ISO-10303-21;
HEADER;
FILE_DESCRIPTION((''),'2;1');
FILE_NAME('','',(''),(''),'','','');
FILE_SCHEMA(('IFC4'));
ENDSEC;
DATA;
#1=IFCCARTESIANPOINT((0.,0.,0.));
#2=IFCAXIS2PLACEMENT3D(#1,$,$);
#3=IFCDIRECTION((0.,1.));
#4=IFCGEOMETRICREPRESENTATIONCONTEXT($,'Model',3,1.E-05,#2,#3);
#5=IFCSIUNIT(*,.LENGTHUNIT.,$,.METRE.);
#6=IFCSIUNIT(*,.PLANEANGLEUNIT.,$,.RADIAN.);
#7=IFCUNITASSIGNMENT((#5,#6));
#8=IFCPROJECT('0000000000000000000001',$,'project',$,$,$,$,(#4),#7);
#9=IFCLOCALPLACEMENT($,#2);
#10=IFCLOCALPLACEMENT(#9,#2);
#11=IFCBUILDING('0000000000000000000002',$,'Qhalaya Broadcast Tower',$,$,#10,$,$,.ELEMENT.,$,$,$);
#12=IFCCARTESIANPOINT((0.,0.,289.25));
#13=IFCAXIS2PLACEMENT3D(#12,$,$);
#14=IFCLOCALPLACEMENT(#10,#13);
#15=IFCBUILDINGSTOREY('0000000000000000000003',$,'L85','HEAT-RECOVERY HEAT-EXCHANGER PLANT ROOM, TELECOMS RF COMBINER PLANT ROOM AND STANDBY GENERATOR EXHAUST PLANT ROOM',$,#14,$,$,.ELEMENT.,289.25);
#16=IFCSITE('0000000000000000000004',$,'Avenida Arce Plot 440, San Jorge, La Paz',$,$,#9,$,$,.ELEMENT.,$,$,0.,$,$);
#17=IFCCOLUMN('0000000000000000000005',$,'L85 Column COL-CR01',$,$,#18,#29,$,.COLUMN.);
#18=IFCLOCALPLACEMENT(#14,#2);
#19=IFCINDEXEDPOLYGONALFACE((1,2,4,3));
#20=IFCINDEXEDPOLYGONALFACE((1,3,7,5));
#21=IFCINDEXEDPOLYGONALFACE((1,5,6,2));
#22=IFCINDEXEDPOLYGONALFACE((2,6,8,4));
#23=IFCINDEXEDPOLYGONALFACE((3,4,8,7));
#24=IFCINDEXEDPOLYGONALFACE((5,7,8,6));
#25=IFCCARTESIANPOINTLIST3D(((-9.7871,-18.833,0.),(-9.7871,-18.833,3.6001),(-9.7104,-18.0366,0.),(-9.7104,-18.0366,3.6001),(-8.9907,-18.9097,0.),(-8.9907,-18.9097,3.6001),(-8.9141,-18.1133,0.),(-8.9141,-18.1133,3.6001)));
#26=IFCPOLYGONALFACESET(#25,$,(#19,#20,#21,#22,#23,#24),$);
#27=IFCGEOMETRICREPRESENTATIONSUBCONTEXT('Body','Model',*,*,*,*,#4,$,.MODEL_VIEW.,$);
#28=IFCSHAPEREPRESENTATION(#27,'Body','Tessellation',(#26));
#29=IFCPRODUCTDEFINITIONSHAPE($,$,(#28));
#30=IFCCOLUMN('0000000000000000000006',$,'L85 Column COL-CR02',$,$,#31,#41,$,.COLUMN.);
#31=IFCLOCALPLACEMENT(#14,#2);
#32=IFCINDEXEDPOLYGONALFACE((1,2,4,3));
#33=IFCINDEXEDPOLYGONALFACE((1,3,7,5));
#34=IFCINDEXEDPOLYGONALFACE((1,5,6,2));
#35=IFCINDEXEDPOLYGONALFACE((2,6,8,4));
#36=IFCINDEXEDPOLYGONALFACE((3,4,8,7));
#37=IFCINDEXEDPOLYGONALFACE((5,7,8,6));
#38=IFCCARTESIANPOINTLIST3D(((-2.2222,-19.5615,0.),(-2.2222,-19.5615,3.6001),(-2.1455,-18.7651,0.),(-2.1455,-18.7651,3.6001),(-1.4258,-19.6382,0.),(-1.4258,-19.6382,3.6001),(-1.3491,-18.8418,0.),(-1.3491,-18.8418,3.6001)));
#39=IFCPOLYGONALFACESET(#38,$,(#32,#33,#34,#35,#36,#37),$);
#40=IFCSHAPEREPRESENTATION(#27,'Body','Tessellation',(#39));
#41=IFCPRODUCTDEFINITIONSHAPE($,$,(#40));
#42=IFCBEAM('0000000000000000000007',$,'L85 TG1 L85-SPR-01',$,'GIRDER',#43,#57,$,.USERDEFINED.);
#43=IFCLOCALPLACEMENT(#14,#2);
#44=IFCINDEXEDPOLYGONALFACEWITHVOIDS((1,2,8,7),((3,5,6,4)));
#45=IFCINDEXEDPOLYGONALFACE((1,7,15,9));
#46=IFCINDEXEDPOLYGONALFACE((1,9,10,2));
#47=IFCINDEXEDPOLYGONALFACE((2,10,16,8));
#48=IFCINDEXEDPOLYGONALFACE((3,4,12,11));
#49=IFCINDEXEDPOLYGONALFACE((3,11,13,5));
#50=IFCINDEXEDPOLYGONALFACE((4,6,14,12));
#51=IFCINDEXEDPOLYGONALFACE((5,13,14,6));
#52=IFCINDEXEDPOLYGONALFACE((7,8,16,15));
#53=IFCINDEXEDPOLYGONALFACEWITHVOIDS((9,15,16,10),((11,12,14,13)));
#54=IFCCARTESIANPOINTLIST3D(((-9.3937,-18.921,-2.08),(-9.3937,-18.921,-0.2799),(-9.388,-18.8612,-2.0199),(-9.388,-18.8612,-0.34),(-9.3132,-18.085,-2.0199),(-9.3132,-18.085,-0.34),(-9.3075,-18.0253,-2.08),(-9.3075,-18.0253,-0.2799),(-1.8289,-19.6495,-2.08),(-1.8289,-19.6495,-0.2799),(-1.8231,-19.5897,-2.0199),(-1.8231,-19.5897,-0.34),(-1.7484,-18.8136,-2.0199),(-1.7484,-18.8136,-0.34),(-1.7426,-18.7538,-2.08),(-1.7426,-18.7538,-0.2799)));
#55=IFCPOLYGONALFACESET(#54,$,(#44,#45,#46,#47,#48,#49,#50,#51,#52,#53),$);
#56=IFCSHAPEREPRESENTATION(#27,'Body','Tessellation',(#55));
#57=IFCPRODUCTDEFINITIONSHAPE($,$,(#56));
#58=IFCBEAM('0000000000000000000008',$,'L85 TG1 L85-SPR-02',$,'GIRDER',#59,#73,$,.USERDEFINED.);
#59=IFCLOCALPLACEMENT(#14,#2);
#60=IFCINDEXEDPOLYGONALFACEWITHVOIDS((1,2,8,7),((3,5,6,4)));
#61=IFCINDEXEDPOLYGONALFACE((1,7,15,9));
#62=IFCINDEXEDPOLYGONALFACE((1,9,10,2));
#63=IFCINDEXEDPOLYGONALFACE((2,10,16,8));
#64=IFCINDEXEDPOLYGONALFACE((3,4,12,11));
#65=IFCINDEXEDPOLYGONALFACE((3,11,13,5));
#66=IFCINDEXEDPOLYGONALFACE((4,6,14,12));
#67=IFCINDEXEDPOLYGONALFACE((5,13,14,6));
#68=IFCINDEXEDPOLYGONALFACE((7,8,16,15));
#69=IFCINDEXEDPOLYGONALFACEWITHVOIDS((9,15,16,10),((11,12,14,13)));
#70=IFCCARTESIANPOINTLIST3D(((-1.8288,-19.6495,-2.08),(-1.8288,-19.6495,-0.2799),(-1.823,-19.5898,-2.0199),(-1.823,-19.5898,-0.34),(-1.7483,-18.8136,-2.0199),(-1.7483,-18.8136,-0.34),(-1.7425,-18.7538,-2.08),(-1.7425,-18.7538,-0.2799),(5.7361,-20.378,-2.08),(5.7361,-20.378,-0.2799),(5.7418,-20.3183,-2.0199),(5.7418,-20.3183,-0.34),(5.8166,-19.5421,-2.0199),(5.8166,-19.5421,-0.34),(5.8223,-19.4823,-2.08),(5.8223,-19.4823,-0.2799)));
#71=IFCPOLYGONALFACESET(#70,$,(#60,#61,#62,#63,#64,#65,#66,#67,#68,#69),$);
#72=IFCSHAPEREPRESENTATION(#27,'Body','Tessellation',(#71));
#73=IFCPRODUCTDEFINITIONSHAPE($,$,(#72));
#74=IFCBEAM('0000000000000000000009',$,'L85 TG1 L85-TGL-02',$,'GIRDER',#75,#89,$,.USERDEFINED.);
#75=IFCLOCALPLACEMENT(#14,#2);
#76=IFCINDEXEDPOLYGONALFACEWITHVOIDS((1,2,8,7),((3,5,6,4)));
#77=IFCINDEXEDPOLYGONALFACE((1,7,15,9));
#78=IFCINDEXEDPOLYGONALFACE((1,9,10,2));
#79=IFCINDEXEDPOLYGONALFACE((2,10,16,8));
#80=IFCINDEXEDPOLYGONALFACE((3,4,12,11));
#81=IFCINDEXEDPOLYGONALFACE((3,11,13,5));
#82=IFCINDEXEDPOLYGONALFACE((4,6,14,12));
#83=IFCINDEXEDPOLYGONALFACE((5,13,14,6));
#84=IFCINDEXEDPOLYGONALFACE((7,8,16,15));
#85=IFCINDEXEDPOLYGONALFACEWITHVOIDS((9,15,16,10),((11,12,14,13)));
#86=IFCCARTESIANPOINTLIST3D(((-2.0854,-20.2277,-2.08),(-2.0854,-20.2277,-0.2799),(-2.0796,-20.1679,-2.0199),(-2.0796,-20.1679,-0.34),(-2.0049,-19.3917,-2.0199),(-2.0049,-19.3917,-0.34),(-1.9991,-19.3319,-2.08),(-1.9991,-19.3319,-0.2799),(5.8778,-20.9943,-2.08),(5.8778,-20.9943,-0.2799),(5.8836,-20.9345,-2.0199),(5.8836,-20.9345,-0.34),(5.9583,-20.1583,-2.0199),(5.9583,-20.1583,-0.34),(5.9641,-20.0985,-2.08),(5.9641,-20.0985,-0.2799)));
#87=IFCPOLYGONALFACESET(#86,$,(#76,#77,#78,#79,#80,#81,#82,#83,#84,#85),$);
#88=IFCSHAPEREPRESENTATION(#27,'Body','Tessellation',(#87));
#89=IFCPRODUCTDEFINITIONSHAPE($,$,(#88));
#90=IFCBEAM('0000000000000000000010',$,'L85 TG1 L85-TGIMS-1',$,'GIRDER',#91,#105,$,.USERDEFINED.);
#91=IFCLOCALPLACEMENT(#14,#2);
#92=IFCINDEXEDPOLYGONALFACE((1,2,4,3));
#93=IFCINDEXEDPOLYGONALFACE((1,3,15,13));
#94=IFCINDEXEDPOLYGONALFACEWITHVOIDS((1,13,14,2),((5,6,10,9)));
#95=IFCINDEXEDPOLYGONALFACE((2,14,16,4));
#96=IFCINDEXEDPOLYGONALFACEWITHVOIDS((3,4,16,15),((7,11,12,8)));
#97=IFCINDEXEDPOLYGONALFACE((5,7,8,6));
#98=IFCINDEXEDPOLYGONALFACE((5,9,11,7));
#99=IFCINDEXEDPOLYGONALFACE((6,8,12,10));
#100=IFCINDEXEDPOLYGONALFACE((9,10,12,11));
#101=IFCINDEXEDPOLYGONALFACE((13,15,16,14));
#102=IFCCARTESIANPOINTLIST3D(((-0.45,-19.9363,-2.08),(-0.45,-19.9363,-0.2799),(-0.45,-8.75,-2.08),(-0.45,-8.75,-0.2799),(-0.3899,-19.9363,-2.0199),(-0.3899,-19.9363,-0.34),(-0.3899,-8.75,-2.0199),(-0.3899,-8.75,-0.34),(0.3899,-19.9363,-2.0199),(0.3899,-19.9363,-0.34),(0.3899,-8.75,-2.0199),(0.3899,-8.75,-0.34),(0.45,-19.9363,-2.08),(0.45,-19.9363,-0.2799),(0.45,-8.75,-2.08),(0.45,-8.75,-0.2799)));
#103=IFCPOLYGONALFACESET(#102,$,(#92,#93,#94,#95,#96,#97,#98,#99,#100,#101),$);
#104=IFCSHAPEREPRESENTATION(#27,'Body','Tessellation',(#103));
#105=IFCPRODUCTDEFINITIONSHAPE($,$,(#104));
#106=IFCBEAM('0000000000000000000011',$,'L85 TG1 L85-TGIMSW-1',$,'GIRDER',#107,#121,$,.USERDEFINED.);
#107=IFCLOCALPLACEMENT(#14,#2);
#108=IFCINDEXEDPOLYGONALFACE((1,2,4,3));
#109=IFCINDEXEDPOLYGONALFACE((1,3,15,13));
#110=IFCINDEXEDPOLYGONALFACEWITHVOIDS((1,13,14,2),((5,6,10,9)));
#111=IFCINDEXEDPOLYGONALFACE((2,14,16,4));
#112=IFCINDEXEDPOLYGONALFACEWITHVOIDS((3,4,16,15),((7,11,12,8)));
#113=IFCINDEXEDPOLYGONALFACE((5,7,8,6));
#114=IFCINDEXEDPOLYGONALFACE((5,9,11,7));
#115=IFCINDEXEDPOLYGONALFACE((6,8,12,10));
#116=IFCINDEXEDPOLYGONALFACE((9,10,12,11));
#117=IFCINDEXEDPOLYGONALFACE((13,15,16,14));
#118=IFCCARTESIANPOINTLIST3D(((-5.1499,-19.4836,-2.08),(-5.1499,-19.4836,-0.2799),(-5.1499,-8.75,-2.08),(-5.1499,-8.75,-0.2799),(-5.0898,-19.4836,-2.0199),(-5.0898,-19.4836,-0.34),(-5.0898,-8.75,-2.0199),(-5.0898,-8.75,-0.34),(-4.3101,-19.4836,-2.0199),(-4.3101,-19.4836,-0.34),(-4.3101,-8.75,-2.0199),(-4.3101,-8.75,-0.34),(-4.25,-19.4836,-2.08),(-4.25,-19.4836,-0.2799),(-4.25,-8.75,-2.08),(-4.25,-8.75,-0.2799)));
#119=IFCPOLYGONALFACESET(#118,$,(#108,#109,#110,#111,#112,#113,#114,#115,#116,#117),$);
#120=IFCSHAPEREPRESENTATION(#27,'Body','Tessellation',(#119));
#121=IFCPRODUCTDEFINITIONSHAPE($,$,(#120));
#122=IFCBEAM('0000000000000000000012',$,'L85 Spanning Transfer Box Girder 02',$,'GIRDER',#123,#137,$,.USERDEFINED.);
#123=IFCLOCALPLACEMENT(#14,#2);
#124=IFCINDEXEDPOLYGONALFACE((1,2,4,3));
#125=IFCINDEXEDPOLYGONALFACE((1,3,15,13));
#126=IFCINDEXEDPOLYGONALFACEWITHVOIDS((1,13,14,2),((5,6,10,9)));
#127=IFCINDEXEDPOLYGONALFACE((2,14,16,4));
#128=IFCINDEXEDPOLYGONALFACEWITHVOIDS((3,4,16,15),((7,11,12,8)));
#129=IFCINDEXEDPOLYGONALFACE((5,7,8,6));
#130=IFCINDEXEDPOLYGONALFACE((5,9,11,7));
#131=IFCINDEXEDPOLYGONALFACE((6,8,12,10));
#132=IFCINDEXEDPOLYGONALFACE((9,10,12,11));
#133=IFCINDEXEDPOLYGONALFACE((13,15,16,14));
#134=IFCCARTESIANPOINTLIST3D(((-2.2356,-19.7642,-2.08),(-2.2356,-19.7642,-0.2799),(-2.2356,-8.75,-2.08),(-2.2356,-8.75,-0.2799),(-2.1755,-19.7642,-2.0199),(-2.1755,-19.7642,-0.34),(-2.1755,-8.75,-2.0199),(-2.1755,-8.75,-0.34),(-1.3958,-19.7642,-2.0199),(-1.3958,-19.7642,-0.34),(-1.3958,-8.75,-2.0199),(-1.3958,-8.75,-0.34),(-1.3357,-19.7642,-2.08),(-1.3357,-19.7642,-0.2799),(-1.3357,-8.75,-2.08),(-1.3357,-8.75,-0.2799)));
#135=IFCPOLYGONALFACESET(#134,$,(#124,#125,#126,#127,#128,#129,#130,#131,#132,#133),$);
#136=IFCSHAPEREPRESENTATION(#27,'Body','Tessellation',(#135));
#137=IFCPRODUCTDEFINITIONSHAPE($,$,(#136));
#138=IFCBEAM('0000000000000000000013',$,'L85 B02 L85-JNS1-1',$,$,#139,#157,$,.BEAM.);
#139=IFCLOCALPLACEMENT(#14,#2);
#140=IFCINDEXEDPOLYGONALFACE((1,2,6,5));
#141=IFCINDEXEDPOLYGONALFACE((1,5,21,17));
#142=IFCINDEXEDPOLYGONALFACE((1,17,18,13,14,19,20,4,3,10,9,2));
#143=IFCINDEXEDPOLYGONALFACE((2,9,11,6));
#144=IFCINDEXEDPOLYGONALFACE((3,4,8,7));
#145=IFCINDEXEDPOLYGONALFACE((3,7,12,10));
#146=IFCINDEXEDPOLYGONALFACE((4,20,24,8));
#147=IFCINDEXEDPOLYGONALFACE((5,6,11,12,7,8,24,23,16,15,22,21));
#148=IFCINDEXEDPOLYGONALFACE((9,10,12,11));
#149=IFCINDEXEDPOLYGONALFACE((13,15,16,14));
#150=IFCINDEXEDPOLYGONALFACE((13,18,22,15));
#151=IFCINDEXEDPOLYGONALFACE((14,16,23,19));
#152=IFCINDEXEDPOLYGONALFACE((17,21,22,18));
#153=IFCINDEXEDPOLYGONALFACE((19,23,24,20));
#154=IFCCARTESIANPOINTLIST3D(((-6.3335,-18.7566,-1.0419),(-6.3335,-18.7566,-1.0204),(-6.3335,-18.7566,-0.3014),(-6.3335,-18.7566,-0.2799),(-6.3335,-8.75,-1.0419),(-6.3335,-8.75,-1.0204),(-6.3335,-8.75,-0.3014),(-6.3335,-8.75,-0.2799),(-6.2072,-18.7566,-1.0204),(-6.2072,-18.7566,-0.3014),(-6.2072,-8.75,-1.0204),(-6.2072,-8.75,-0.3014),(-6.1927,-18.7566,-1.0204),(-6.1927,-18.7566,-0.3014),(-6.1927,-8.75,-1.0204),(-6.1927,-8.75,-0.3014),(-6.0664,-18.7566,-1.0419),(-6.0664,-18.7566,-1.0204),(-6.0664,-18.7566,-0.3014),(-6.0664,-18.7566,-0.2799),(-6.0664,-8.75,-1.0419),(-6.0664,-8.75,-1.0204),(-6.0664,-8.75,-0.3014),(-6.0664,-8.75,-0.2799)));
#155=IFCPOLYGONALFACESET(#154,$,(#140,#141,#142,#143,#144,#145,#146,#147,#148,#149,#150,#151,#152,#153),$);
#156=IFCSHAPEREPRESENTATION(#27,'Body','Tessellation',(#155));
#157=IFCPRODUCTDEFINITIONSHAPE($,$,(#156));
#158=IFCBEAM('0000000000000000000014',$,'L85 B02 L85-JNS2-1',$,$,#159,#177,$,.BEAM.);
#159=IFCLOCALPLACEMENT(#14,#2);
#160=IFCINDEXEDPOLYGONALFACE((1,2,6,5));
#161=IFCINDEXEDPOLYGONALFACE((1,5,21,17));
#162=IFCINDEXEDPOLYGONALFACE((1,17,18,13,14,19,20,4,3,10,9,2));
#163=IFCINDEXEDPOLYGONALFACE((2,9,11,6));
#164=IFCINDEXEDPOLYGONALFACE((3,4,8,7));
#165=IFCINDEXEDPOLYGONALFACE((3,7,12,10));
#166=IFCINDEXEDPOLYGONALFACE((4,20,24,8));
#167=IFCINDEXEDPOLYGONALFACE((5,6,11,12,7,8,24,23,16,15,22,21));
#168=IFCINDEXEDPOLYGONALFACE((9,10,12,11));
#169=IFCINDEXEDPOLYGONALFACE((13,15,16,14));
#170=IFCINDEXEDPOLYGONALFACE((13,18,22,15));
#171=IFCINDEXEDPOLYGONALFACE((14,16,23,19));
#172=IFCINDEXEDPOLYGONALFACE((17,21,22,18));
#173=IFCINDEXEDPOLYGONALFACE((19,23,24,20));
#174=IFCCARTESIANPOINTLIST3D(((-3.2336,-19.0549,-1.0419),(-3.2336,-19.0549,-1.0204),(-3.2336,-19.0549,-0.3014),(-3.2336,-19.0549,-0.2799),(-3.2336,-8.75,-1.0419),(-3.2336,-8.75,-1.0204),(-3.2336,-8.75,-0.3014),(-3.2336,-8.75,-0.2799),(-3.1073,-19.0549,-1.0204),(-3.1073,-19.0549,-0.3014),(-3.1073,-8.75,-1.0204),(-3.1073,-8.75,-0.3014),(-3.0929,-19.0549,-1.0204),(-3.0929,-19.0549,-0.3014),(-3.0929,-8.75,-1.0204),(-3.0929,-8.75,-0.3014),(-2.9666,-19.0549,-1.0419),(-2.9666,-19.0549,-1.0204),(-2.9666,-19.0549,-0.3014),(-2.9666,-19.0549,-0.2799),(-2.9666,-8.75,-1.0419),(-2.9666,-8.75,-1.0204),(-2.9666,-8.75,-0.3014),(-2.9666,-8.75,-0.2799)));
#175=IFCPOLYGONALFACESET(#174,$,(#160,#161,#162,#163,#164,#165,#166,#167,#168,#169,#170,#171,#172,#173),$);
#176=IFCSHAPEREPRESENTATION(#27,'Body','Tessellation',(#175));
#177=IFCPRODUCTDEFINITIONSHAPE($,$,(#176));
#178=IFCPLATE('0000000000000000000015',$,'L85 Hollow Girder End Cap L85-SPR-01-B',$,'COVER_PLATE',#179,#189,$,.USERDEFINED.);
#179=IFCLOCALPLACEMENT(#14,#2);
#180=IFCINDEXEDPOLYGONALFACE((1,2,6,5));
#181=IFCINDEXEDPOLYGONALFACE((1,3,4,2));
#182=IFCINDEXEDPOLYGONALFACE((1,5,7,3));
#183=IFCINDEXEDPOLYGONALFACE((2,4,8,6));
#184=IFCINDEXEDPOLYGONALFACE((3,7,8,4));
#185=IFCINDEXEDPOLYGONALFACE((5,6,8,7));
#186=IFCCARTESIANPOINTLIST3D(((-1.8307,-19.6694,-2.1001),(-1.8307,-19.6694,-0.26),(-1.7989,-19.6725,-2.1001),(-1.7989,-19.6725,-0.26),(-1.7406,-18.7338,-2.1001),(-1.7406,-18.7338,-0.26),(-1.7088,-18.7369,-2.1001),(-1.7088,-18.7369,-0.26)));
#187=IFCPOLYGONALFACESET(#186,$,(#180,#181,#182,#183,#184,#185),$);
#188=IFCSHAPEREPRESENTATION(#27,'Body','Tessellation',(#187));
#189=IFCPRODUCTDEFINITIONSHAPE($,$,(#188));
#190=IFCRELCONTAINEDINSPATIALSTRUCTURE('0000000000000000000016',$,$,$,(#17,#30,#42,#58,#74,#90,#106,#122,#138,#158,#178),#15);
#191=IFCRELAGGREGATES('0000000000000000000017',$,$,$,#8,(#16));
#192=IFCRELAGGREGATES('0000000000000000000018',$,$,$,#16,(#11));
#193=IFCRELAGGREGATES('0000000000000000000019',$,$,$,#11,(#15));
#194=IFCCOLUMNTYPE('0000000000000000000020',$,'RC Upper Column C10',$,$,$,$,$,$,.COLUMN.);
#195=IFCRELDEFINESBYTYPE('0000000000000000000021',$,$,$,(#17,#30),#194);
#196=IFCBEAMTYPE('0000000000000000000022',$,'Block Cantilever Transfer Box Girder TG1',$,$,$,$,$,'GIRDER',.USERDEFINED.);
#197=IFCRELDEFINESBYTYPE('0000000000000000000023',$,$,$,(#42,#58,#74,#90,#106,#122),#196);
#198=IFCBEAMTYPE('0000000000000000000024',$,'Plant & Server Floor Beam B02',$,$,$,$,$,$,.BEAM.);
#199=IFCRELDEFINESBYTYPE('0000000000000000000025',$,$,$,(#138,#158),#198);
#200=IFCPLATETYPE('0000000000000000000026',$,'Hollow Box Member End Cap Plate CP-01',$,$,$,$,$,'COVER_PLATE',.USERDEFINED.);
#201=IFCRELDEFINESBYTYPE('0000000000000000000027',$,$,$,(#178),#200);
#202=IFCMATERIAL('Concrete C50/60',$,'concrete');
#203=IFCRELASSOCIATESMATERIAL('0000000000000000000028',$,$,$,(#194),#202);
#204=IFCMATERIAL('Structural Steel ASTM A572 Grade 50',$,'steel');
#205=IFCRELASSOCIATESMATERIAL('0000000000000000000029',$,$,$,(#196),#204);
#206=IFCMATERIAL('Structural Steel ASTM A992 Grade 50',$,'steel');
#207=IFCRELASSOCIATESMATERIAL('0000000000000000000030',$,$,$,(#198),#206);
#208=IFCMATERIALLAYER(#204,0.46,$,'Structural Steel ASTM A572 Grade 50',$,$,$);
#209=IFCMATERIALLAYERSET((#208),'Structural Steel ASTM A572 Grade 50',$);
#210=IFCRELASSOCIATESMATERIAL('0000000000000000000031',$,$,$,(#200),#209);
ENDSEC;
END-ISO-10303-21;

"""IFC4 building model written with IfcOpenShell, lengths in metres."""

from ifc_helpers import new_model, si_unit, direction, frame, origin, origin_2d, place, context, subcontext, project, spatial, rectangle, hollow_rectangle, i_section, extrude, material, layer, layer_set, material_profile, profile_set, type_object, element, save


model = new_model("IFC4")

# Units and contexts
model_context = context("Model", 3, precision=1e-05, world=origin(), true_north=direction((0.0, 1.0)))
body_context = subcontext(model_context, "Body", "Model", "MODEL_VIEW")
ifc_project = project(units=[si_unit("LENGTHUNIT", "METRE"), si_unit("PLANEANGLEUNIT", "RADIAN")], contexts=[model_context])

# Site, building, storey
site_placement = place(None, origin())
site = spatial("IfcSite", under=ifc_project, at=site_placement, Name="Avenida Arce Plot 440, San Jorge, La Paz", CompositionType="ELEMENT", RefElevation=0.0)
building_placement = place(site_placement, origin())
building = spatial("IfcBuilding", under=site, at=building_placement, Name="Qhalaya Broadcast Tower", CompositionType="ELEMENT")
storey_placement = place(building_placement, frame((0.0, 0.0, 289.25)))
storey = spatial("IfcBuildingStorey", under=building, at=storey_placement, Name="L85", Description="HEAT-RECOVERY HEAT-EXCHANGER PLANT ROOM, TELECOMS RF COMBINER PLANT ROOM AND STANDBY GENERATOR EXHAUST PLANT ROOM", CompositionType="ELEMENT", Elevation=289.25)

# Columns
ifc_material_1 = material(Name="Concrete C50/60", Category="concrete")
ifc_material_profile_1 = material_profile(ifc_material_1, rectangle(XDim=0.8, YDim=0.8, at=origin_2d()), Name="RC-COL 800x800")
ifc_profile_set_1 = profile_set([ifc_material_profile_1], Name="Concrete C50/60")
column_type = type_object("IfcColumnType", Name="RC Upper Column C10", PredefinedType="COLUMN", material=ifc_profile_set_1)
for number, where, z_axis, x_axis, name in (
    (1, (-9.3506, -18.4731, 0.0), (0.0, 0.0, 1.0), (0.995396, -0.095846, 0.0), "L85 Column COL-CR01"),
    (2, (-1.7856, -19.2017, 0.0), (0.0, 0.0, 1.0), (0.995396, -0.095846, 0.0), "L85 Column COL-CR02"),
):
    element("IfcColumn", number, at=place(storey_placement, frame(where, z_axis=z_axis, x_axis=x_axis)), inside=storey, type_object=column_type, Name=name, PredefinedType="COLUMN", context=body_context, shape_type="SweptSolid", body=[
        extrude(rectangle(XDim=0.8, YDim=0.8, at=origin_2d()), origin(), (0.0, 0.0, 1.0), 3.6001),
    ])

# Beams
ifc_material_2 = material(Name="Structural Steel ASTM A572 Grade 50", Category="steel")
ifc_material_profile_2 = material_profile(ifc_material_2, hollow_rectangle(XDim=0.8999, YDim=1.8, WallThickness=0.0601, at=origin_2d()), Name="BOX 900x1800x60")
ifc_profile_set_2 = profile_set([ifc_material_profile_2], Name="Structural Steel ASTM A572 Grade 50")
beam_type_1 = type_object("IfcBeamType", Name="Block Cantilever Transfer Box Girder TG1", ElementType="GIRDER", PredefinedType="USERDEFINED", material=ifc_profile_set_2)
for number, where, z_axis, x_axis, name in (
    (3, (-9.3506, -18.4731, -1.1799), (0.995395, -0.095858, 0.0), (0.095858, 0.995395, 0.0), "L85 TG1 L85-SPR-01"),
    (4, (-1.7856, -19.2017, -1.1799), (0.995395, -0.095858, 0.0), (0.095858, 0.995395, 0.0), "L85 TG1 L85-SPR-02"),
):
    element("IfcBeam", number, at=place(storey_placement, frame(where, z_axis=z_axis, x_axis=x_axis)), inside=storey, type_object=beam_type_1, Name=name, ObjectType="GIRDER", PredefinedType="USERDEFINED", context=body_context, shape_type="SweptSolid", body=[
        extrude(hollow_rectangle(XDim=0.8999, YDim=1.8, WallThickness=0.0601, at=origin_2d()), origin(), (0.0, 0.0, 1.0), 7.5999),
    ])
beam_1_placement = place(storey_placement, frame((-2.0422, -19.7798, -1.1799), z_axis=(0.995398, -0.095826, 0.0), x_axis=(0.095826, 0.995398, 0.0)))
element("IfcBeam", 5, at=beam_1_placement, inside=storey, type_object=beam_type_1, Name="L85 TG1 L85-TGL-02", ObjectType="GIRDER", PredefinedType="USERDEFINED", context=body_context, shape_type="SweptSolid", body=[
    extrude(hollow_rectangle(XDim=0.8999, YDim=1.8, WallThickness=0.0601, at=origin_2d()), origin(), (0.0, 0.0, 1.0), 8.0),
])
beam_2_placement = place(storey_placement, frame((0.0, -19.9363, -1.1799), z_axis=(0.0, 1.0, 0.0), x_axis=(-1.0, 0.0, 0.0)))
element("IfcBeam", 6, at=beam_2_placement, inside=storey, type_object=beam_type_1, Name="L85 TG1 L85-TGIMS-1", ObjectType="GIRDER", PredefinedType="USERDEFINED", context=body_context, shape_type="SweptSolid", body=[
    extrude(hollow_rectangle(XDim=0.8999, YDim=1.8, WallThickness=0.0601, at=origin_2d()), origin(), (0.0, 0.0, 1.0), 11.1863),
])
beam_3_placement = place(storey_placement, frame((-4.7, -19.4836, -1.1799), z_axis=(0.0, 1.0, 0.0), x_axis=(-1.0, 0.0, 0.0)))
element("IfcBeam", 7, at=beam_3_placement, inside=storey, type_object=beam_type_1, Name="L85 TG1 L85-TGIMSW-1", ObjectType="GIRDER", PredefinedType="USERDEFINED", context=body_context, shape_type="SweptSolid", body=[
    extrude(hollow_rectangle(XDim=0.8999, YDim=1.8, WallThickness=0.0601, at=origin_2d()), origin(), (0.0, 0.0, 1.0), 10.7336),
])
beam_4_placement = place(storey_placement, frame((-1.7856, -19.7642, -1.1799), z_axis=(0.0, 1.0, 0.0), x_axis=(-1.0, 0.0, 0.0)))
element("IfcBeam", 8, at=beam_4_placement, inside=storey, type_object=beam_type_1, Name="L85 Spanning Transfer Box Girder 02", ObjectType="GIRDER", PredefinedType="USERDEFINED", context=body_context, shape_type="SweptSolid", body=[
    extrude(hollow_rectangle(XDim=0.8999, YDim=1.8, WallThickness=0.0601, at=origin_2d()), origin(), (0.0, 0.0, 1.0), 11.0142),
])
ifc_material_3 = material(Name="Structural Steel ASTM A992 Grade 50", Category="steel")
ifc_material_profile_3 = material_profile(ifc_material_3, i_section(OverallWidth=0.2671, OverallDepth=0.762, WebThickness=0.0144, FlangeThickness=0.0215, at=origin_2d()), Name="W30X116")
ifc_profile_set_3 = profile_set([ifc_material_profile_3], Name="Structural Steel ASTM A992 Grade 50")
beam_type_2 = type_object("IfcBeamType", Name="Plant & Server Floor Beam B02", PredefinedType="BEAM", material=ifc_profile_set_3)
beam_5_placement = place(storey_placement, frame((-6.2, -18.7566, -0.6609), z_axis=(0.0, 1.0, 0.0), x_axis=(-1.0, 0.0, 0.0)))
element("IfcBeam", 9, at=beam_5_placement, inside=storey, type_object=beam_type_2, Name="L85 B02 L85-JNS1-1", PredefinedType="BEAM", context=body_context, shape_type="SweptSolid", body=[
    extrude(i_section(OverallWidth=0.2671, OverallDepth=0.762, WebThickness=0.0144, FlangeThickness=0.0215, at=origin_2d()), origin(), (0.0, 0.0, 1.0), 10.0066),
])
beam_6_placement = place(storey_placement, frame((-3.1001, -19.0549, -0.6609), z_axis=(0.0, 1.0, 0.0), x_axis=(-1.0, 0.0, 0.0)))
element("IfcBeam", 10, at=beam_6_placement, inside=storey, type_object=beam_type_2, Name="L85 B02 L85-JNS2-1", PredefinedType="BEAM", context=body_context, shape_type="SweptSolid", body=[
    extrude(i_section(OverallWidth=0.2671, OverallDepth=0.762, WebThickness=0.0144, FlangeThickness=0.0215, at=origin_2d()), origin(), (0.0, 0.0, 1.0), 10.3049),
])

# Plate
ifc_layer_1 = layer(ifc_material_2, 0.46, Name="Structural Steel ASTM A572 Grade 50")
ifc_layer_set_1 = layer_set([ifc_layer_1], Name="Structural Steel ASTM A572 Grade 50")
plate_type = type_object("IfcPlateType", Name="Hollow Box Member End Cap Plate CP-01", ElementType="COVER_PLATE", PredefinedType="USERDEFINED", material=ifc_layer_set_1)
for number, where, z_axis, x_axis, name in (
    (11, (-1.7698, -19.2031, -2.1001), (0.0, 0.0, 1.0), (0.095863, 0.995395, 0.0), "L85 Hollow Girder End Cap L85-SPR-01-B"),
):
    element("IfcPlate", number, at=place(storey_placement, frame(where, z_axis=z_axis, x_axis=x_axis)), inside=storey, type_object=plate_type, Name=name, ObjectType="COVER_PLATE", PredefinedType="USERDEFINED", context=body_context, shape_type="SweptSolid", body=[
        extrude(rectangle(XDim=0.9399, YDim=0.032, at=origin_2d()), origin(), (0.0, 0.0, 1.0), 1.8401),
    ])

save(model, "model.ifc")
